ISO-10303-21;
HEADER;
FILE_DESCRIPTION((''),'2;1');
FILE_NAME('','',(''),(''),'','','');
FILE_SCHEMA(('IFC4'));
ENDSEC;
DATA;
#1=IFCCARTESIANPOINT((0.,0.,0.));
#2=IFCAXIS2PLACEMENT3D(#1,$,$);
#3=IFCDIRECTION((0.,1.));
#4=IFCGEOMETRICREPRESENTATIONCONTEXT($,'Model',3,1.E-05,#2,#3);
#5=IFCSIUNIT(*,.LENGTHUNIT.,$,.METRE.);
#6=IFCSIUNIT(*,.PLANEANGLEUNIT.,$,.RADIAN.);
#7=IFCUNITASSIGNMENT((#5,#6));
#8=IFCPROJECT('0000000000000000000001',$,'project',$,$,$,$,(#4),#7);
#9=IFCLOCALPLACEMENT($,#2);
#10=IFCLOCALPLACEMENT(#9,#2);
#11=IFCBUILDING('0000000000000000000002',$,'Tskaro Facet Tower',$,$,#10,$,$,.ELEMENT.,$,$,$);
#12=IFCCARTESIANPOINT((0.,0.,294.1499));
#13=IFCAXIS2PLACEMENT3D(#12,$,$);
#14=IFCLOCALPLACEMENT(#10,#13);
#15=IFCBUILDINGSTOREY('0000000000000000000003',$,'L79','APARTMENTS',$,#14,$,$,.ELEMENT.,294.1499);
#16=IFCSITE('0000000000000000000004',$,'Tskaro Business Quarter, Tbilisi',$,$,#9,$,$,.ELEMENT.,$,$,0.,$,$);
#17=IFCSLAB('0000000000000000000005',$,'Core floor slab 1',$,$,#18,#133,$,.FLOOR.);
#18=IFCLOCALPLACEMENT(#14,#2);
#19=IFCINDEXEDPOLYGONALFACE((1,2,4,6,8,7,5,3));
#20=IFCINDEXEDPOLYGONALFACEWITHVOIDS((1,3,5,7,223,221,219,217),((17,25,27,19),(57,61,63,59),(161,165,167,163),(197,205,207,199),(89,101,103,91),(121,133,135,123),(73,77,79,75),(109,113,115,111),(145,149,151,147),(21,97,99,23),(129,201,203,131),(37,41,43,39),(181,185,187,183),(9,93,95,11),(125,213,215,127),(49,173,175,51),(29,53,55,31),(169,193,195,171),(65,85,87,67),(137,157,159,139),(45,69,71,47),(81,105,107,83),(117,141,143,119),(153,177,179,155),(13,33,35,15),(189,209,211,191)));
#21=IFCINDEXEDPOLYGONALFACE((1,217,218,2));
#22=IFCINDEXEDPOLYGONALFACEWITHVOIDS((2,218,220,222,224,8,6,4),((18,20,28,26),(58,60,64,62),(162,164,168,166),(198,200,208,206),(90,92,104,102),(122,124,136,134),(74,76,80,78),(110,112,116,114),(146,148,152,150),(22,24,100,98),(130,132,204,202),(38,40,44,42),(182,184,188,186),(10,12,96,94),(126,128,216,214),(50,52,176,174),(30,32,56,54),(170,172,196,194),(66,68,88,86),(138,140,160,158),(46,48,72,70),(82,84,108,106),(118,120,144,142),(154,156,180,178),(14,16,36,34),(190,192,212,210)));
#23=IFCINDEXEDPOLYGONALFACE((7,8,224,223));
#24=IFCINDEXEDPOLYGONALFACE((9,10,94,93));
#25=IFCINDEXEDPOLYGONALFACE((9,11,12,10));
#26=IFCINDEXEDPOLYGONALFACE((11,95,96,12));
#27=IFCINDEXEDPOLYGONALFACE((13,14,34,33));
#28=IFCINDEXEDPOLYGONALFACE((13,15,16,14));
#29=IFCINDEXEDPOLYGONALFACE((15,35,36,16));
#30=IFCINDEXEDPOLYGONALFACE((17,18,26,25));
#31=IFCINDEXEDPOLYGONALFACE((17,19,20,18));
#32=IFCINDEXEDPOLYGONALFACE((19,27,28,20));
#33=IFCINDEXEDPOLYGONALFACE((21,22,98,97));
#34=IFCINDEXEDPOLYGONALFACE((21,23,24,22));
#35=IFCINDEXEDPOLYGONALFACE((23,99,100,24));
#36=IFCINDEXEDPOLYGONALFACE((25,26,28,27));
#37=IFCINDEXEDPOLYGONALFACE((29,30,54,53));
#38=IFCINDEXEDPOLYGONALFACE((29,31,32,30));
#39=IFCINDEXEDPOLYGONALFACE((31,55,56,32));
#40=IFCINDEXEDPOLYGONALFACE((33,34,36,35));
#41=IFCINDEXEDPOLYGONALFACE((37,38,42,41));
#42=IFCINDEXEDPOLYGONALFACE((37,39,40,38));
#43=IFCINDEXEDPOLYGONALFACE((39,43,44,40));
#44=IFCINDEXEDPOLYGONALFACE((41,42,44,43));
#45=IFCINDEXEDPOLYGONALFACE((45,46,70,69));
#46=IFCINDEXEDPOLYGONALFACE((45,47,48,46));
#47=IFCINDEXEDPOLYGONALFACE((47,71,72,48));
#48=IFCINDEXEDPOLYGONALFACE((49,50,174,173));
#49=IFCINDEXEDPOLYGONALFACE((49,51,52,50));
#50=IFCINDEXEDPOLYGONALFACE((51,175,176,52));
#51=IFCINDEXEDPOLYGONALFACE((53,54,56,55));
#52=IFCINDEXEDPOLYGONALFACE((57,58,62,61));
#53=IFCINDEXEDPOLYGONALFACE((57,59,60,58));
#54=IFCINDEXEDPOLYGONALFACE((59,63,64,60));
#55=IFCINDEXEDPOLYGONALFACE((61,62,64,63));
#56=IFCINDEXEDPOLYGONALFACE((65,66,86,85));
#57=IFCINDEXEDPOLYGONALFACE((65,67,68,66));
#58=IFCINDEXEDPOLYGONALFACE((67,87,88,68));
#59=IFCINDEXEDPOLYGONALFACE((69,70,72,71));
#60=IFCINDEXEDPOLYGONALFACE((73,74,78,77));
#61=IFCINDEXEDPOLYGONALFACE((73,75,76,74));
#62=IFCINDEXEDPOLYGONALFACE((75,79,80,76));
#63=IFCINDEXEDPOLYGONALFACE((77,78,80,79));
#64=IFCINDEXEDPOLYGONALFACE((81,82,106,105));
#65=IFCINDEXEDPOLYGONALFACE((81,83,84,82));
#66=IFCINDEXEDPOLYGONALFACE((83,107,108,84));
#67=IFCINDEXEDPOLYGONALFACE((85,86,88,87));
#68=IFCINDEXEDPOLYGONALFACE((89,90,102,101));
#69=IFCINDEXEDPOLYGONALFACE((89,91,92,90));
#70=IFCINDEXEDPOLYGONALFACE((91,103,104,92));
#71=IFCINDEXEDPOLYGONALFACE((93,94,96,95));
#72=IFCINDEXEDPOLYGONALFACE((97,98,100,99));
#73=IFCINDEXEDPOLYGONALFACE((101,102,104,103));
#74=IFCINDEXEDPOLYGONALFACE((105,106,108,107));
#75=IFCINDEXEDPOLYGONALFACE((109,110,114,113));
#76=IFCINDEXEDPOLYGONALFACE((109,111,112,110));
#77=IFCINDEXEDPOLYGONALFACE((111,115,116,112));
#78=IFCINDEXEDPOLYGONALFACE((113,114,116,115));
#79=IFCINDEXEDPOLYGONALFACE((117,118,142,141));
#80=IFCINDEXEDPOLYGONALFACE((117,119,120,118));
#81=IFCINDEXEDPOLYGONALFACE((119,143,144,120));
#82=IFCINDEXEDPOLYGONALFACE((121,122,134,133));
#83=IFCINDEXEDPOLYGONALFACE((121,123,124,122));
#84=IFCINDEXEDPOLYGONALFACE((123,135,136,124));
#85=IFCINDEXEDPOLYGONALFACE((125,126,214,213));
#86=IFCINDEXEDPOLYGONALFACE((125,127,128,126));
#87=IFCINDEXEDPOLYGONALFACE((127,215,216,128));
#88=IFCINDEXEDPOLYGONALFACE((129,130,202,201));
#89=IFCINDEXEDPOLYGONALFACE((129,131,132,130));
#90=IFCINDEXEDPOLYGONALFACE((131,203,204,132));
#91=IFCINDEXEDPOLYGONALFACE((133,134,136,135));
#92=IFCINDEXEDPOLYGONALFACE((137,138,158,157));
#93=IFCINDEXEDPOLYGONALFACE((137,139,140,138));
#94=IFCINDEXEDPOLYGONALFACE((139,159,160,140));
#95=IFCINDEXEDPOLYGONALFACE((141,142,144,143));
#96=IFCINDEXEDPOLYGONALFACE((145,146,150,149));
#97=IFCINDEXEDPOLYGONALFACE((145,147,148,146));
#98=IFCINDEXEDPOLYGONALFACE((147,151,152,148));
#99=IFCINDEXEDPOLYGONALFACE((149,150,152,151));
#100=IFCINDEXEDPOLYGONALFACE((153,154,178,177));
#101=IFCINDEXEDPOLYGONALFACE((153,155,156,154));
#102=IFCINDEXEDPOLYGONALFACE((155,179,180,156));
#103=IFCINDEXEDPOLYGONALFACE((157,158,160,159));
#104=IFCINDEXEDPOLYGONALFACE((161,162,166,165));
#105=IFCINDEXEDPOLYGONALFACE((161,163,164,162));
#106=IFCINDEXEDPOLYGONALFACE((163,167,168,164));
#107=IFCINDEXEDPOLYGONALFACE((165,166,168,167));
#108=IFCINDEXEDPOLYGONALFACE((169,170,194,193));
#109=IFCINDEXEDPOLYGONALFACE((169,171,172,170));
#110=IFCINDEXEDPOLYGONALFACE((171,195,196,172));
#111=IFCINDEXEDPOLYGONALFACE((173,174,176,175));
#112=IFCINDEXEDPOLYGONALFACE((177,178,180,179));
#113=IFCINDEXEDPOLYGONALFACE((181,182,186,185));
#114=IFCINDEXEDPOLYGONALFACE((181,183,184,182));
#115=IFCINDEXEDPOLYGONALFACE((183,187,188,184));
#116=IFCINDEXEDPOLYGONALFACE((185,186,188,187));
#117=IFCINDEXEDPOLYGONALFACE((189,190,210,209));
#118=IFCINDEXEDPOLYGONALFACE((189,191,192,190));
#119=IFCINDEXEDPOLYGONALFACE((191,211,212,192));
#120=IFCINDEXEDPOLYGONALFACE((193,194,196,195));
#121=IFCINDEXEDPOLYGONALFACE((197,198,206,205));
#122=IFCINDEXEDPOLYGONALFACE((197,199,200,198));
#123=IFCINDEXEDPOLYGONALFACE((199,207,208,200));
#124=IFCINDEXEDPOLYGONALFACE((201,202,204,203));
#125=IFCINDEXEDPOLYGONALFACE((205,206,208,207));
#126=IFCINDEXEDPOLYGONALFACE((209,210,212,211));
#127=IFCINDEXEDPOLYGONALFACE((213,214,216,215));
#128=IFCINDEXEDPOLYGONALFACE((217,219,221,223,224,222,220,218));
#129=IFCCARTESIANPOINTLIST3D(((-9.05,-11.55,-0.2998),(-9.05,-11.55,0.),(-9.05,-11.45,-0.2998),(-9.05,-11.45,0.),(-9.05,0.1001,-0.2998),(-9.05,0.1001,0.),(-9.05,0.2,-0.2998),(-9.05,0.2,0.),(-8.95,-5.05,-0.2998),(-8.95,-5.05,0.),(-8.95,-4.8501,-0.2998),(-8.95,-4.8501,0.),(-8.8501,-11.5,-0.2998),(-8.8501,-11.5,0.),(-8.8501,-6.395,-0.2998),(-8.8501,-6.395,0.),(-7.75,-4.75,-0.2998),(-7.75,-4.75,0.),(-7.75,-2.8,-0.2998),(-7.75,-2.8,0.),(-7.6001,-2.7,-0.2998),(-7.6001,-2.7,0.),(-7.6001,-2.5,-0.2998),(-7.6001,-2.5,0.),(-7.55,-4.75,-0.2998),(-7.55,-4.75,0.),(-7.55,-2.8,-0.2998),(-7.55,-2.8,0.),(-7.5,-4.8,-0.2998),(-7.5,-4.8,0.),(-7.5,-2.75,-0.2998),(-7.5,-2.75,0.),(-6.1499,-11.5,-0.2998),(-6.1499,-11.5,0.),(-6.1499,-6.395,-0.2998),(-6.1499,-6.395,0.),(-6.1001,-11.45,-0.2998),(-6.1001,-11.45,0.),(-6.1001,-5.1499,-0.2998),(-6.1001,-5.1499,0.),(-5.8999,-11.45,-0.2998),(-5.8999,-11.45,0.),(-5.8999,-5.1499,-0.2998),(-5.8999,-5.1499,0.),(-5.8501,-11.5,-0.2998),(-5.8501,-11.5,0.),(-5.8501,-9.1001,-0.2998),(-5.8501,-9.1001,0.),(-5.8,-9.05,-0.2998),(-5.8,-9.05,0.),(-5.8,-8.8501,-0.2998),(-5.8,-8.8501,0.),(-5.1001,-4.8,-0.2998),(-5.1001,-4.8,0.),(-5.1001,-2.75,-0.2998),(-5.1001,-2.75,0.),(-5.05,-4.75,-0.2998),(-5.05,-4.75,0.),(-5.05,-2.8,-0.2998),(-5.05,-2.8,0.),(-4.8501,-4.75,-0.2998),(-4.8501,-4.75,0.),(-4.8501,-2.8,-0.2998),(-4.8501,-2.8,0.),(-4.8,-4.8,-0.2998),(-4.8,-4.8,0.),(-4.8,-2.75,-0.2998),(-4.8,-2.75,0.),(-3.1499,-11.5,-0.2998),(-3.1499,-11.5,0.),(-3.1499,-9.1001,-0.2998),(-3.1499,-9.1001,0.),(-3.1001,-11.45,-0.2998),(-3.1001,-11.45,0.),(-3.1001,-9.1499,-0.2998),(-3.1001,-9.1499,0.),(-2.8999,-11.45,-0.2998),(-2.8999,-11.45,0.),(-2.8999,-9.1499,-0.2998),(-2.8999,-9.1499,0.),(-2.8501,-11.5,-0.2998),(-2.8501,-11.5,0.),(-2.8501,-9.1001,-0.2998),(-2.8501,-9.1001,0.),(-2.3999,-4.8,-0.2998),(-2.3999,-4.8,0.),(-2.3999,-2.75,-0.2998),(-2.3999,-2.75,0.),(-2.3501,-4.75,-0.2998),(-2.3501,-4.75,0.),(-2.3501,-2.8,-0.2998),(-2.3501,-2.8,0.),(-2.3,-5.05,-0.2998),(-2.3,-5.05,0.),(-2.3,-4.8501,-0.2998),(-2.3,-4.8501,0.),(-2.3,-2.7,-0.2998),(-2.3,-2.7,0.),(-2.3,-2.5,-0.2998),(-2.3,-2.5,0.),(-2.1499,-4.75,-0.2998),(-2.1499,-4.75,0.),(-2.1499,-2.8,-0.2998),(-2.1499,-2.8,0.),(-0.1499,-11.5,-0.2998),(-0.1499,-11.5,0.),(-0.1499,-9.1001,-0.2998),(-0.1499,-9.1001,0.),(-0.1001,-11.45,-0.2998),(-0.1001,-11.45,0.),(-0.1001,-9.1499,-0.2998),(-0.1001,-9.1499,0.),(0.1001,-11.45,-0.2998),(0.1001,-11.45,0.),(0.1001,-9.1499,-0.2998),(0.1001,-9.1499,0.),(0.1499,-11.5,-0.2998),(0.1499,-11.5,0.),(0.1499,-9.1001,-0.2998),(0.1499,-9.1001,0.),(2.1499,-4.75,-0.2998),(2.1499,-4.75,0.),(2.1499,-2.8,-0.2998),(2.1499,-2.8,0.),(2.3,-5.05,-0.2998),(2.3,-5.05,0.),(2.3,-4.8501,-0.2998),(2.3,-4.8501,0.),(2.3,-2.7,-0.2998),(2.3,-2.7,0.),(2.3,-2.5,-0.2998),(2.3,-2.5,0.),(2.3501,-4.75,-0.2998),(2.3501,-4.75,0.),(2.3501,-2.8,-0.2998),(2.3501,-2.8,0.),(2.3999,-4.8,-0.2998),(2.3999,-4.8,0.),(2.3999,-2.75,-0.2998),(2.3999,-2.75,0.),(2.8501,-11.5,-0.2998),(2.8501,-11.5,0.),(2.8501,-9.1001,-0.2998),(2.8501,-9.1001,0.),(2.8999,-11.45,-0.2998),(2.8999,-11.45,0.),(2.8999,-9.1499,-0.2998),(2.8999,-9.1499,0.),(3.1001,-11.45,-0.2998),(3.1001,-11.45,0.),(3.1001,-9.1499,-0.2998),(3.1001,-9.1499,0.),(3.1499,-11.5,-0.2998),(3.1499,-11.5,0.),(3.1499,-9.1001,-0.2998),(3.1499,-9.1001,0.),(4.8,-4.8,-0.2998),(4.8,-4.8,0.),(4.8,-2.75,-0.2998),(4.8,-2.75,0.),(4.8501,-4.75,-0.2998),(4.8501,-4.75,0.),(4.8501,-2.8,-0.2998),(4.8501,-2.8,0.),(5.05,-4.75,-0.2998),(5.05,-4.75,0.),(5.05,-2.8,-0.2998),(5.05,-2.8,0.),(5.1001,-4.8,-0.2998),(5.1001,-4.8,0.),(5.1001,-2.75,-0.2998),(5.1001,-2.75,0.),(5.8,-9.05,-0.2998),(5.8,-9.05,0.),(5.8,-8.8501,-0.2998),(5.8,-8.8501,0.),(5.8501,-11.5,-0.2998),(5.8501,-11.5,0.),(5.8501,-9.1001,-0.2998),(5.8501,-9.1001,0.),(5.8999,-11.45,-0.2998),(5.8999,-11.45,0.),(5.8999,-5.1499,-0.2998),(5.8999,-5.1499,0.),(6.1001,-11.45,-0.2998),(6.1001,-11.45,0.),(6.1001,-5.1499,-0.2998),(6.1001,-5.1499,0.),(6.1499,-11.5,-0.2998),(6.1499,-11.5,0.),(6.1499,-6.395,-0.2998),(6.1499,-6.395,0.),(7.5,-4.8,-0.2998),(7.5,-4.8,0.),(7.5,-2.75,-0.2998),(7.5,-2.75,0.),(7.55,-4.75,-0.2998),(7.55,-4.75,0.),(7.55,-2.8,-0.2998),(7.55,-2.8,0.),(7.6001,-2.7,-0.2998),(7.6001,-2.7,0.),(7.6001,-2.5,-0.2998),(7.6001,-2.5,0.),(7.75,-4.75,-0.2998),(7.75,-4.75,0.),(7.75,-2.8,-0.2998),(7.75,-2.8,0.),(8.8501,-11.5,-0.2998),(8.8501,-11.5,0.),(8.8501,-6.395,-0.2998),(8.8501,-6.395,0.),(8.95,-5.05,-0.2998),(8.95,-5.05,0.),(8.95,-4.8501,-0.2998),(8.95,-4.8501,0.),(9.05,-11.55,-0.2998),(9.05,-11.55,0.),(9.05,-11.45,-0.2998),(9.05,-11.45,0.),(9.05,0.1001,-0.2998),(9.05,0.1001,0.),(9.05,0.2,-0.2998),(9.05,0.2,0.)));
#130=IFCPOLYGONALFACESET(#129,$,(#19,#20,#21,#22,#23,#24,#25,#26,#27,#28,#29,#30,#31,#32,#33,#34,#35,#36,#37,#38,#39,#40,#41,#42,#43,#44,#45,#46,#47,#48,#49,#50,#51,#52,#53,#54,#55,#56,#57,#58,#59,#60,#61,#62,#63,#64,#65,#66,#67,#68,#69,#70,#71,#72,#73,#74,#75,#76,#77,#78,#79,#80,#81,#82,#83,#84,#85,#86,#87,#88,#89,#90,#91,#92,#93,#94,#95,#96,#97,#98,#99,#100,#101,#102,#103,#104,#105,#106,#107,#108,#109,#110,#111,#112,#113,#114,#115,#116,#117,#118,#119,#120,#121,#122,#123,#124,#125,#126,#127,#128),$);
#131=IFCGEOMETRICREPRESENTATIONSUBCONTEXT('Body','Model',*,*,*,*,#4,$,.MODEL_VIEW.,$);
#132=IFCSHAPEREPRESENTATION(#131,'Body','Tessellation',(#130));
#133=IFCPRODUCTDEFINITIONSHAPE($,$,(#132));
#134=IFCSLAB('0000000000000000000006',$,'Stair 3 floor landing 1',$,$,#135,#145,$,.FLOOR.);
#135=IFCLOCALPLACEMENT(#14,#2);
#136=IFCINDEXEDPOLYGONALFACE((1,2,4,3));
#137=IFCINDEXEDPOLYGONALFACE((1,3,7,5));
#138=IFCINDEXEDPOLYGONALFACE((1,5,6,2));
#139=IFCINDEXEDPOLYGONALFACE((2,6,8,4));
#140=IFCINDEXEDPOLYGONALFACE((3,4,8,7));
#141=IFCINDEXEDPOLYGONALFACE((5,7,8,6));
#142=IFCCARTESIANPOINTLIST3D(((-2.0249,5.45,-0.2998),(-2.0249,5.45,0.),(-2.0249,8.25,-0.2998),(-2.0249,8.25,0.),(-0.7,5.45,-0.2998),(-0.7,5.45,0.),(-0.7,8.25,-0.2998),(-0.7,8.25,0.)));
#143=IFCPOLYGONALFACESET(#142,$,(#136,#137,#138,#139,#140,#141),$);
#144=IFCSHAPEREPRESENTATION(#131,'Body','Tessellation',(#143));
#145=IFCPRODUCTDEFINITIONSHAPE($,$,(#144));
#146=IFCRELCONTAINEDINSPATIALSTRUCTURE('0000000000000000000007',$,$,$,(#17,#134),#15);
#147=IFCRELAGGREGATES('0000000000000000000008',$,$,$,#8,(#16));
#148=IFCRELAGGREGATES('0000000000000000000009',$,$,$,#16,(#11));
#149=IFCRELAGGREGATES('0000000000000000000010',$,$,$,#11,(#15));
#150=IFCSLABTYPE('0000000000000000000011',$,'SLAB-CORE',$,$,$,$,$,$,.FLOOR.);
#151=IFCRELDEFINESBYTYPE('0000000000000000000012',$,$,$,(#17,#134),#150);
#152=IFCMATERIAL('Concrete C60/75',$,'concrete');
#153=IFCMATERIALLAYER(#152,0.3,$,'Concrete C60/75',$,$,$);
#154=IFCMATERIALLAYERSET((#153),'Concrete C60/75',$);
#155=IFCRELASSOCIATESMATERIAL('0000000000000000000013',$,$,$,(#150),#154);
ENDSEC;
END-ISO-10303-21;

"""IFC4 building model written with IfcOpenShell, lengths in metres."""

from ifc_helpers import new_model, si_unit, direction, frame, origin, place, context, subcontext, project, spatial, polyline, outline, extrude, material, layer, layer_set, type_object, element, save


model = new_model("IFC4")

# Units and contexts
model_context = context("Model", 3, precision=1e-05, world=origin(), true_north=direction((0.0, 1.0)))
body_context = subcontext(model_context, "Body", "Model", "MODEL_VIEW")
ifc_project = project(units=[si_unit("LENGTHUNIT", "METRE"), si_unit("PLANEANGLEUNIT", "RADIAN")], contexts=[model_context])

# Site, building, storey
site_placement = place(None, origin())
site = spatial("IfcSite", under=ifc_project, at=site_placement, Name="Tskaro Business Quarter, Tbilisi", CompositionType="ELEMENT", RefElevation=0.0)
building_placement = place(site_placement, origin())
building = spatial("IfcBuilding", under=site, at=building_placement, Name="Tskaro Facet Tower", CompositionType="ELEMENT")
storey_placement = place(building_placement, frame((0.0, 0.0, 294.1499)))
storey = spatial("IfcBuildingStorey", under=building, at=storey_placement, Name="L79", Description="APARTMENTS", CompositionType="ELEMENT", Elevation=294.1499)

# Slabs
ifc_material_1 = material(Name="Concrete C60/75", Category="concrete")
ifc_layer_1 = layer(ifc_material_1, 0.3, Name="Concrete C60/75")
ifc_layer_set_1 = layer_set([ifc_layer_1], Name="Concrete C60/75")
slab_type_1 = type_object("IfcSlabType", Name="SLAB-CORE", PredefinedType="FLOOR", material=ifc_layer_set_1)
slab_1_placement = place(storey_placement, frame((0.0, 0.0, -0.2998)))
element("IfcSlab", 1, at=slab_1_placement, inside=storey, type_object=slab_type_1, Name="Core floor slab 1", PredefinedType="FLOOR", context=body_context, shape_type="SweptSolid", body=[
    extrude(outline(polyline([(-9.05, 0.2), (9.05, 0.2), (9.05, 0.1001), (9.05, -11.45), (9.05, -11.55), (-9.05, -11.55), (-9.05, -11.45), (-9.05, 0.1001), (-9.05, 0.2)]), holes=[polyline([(-5.8501, -9.1001), (-5.8501, -11.5), (-3.1499, -11.5), (-3.1499, -9.1001), (-5.8501, -9.1001)]), polyline([(-3.1001, -11.45), (-2.8999, -11.45), (-2.8999, -9.1499), (-3.1001, -9.1499), (-3.1001, -11.45)]), polyline([(-2.8501, -9.1001), (-2.8501, -11.5), (-0.1499, -11.5), (-0.1499, -9.1001), (-2.8501, -9.1001)]), polyline([(-6.1001, -11.45), (-5.8999, -11.45), (-5.8999, -5.1499), (-6.1001, -5.1499), (-6.1001, -11.45)]), polyline([(-8.95, -5.05), (-2.3, -5.05), (-2.3, -4.8501), (-8.95, -4.8501), (-8.95, -5.05)]), polyline([(-7.75, -4.75), (-7.55, -4.75), (-7.55, -2.8), (-7.75, -2.8), (-7.75, -4.75)]), polyline([(-7.5, -4.8), (-5.1001, -4.8), (-5.1001, -2.75), (-7.5, -2.75), (-7.5, -4.8)]), polyline([(-5.05, -4.75), (-4.8501, -4.75), (-4.8501, -2.8), (-5.05, -2.8), (-5.05, -4.75)]), polyline([(-2.3999, -2.75), (-4.8, -2.75), (-4.8, -4.8), (-2.3999, -4.8), (-2.3999, -2.75)]), polyline([(-2.3501, -4.75), (-2.1499, -4.75), (-2.1499, -2.8), (-2.3501, -2.8), (-2.3501, -4.75)]), polyline([(-7.6001, -2.7), (-2.3, -2.7), (-2.3, -2.5), (-7.6001, -2.5), (-7.6001, -2.7)]), polyline([(-0.1001, -11.45), (0.1001, -11.45), (0.1001, -9.1499), (-0.1001, -9.1499), (-0.1001, -11.45)]), polyline([(0.1499, -9.1001), (0.1499, -11.5), (2.8501, -11.5), (2.8501, -9.1001), (0.1499, -9.1001)]), polyline([(2.8999, -11.45), (3.1001, -11.45), (3.1001, -9.1499), (2.8999, -9.1499), (2.8999, -11.45)]), polyline([(3.1499, -9.1001), (3.1499, -11.5), (5.8501, -11.5), (5.8501, -9.1001), (3.1499, -9.1001)]), polyline([(-5.8, -9.05), (5.8, -9.05), (5.8, -8.8501), (-5.8, -8.8501), (-5.8, -9.05)]), polyline([(5.8999, -11.45), (6.1001, -11.45), (6.1001, -5.1499), (5.8999, -5.1499), (5.8999, -11.45)]), polyline([(2.3, -5.05), (8.95, -5.05), (8.95, -4.8501), (2.3, -4.8501), (2.3, -5.05)]), polyline([(2.1499, -4.75), (2.3501, -4.75), (2.3501, -2.8), (2.1499, -2.8), (2.1499, -4.75)]), polyline([(4.8, -2.75), (2.3999, -2.75), (2.3999, -4.8), (4.8, -4.8), (4.8, -2.75)]), polyline([(4.8501, -4.75), (5.05, -4.75), (5.05, -2.8), (4.8501, -2.8), (4.8501, -4.75)]), polyline([(7.5, -2.75), (5.1001, -2.75), (5.1001, -4.8), (7.5, -4.8), (7.5, -2.75)]), polyline([(7.55, -4.75), (7.75, -4.75), (7.75, -2.8), (7.55, -2.8), (7.55, -4.75)]), polyline([(2.3, -2.7), (7.6001, -2.7), (7.6001, -2.5), (2.3, -2.5), (2.3, -2.7)]), polyline([(-8.8501, -11.5), (-6.1499, -11.5), (-6.1499, -6.395), (-8.8501, -6.395), (-8.8501, -11.5)]), polyline([(6.1499, -6.395), (6.1499, -11.5), (8.8501, -11.5), (8.8501, -6.395), (6.1499, -6.395)])]), origin(), (0.0, 0.0, 1.0), 0.2998),
])
slab_2_placement = place(storey_placement, frame((0.0, 0.0, -0.2998)))
element("IfcSlab", 2, at=slab_2_placement, inside=storey, type_object=slab_type_1, Name="Stair 3 floor landing 1", PredefinedType="FLOOR", context=body_context, shape_type="SweptSolid", body=[
    extrude(outline(polyline([(-2.0249, 5.45), (-0.7, 5.45), (-0.7, 8.25), (-2.0249, 8.25), (-2.0249, 5.45)])), origin(), (0.0, 0.0, 1.0), 0.2998),
])

save(model, "model.ifc")
